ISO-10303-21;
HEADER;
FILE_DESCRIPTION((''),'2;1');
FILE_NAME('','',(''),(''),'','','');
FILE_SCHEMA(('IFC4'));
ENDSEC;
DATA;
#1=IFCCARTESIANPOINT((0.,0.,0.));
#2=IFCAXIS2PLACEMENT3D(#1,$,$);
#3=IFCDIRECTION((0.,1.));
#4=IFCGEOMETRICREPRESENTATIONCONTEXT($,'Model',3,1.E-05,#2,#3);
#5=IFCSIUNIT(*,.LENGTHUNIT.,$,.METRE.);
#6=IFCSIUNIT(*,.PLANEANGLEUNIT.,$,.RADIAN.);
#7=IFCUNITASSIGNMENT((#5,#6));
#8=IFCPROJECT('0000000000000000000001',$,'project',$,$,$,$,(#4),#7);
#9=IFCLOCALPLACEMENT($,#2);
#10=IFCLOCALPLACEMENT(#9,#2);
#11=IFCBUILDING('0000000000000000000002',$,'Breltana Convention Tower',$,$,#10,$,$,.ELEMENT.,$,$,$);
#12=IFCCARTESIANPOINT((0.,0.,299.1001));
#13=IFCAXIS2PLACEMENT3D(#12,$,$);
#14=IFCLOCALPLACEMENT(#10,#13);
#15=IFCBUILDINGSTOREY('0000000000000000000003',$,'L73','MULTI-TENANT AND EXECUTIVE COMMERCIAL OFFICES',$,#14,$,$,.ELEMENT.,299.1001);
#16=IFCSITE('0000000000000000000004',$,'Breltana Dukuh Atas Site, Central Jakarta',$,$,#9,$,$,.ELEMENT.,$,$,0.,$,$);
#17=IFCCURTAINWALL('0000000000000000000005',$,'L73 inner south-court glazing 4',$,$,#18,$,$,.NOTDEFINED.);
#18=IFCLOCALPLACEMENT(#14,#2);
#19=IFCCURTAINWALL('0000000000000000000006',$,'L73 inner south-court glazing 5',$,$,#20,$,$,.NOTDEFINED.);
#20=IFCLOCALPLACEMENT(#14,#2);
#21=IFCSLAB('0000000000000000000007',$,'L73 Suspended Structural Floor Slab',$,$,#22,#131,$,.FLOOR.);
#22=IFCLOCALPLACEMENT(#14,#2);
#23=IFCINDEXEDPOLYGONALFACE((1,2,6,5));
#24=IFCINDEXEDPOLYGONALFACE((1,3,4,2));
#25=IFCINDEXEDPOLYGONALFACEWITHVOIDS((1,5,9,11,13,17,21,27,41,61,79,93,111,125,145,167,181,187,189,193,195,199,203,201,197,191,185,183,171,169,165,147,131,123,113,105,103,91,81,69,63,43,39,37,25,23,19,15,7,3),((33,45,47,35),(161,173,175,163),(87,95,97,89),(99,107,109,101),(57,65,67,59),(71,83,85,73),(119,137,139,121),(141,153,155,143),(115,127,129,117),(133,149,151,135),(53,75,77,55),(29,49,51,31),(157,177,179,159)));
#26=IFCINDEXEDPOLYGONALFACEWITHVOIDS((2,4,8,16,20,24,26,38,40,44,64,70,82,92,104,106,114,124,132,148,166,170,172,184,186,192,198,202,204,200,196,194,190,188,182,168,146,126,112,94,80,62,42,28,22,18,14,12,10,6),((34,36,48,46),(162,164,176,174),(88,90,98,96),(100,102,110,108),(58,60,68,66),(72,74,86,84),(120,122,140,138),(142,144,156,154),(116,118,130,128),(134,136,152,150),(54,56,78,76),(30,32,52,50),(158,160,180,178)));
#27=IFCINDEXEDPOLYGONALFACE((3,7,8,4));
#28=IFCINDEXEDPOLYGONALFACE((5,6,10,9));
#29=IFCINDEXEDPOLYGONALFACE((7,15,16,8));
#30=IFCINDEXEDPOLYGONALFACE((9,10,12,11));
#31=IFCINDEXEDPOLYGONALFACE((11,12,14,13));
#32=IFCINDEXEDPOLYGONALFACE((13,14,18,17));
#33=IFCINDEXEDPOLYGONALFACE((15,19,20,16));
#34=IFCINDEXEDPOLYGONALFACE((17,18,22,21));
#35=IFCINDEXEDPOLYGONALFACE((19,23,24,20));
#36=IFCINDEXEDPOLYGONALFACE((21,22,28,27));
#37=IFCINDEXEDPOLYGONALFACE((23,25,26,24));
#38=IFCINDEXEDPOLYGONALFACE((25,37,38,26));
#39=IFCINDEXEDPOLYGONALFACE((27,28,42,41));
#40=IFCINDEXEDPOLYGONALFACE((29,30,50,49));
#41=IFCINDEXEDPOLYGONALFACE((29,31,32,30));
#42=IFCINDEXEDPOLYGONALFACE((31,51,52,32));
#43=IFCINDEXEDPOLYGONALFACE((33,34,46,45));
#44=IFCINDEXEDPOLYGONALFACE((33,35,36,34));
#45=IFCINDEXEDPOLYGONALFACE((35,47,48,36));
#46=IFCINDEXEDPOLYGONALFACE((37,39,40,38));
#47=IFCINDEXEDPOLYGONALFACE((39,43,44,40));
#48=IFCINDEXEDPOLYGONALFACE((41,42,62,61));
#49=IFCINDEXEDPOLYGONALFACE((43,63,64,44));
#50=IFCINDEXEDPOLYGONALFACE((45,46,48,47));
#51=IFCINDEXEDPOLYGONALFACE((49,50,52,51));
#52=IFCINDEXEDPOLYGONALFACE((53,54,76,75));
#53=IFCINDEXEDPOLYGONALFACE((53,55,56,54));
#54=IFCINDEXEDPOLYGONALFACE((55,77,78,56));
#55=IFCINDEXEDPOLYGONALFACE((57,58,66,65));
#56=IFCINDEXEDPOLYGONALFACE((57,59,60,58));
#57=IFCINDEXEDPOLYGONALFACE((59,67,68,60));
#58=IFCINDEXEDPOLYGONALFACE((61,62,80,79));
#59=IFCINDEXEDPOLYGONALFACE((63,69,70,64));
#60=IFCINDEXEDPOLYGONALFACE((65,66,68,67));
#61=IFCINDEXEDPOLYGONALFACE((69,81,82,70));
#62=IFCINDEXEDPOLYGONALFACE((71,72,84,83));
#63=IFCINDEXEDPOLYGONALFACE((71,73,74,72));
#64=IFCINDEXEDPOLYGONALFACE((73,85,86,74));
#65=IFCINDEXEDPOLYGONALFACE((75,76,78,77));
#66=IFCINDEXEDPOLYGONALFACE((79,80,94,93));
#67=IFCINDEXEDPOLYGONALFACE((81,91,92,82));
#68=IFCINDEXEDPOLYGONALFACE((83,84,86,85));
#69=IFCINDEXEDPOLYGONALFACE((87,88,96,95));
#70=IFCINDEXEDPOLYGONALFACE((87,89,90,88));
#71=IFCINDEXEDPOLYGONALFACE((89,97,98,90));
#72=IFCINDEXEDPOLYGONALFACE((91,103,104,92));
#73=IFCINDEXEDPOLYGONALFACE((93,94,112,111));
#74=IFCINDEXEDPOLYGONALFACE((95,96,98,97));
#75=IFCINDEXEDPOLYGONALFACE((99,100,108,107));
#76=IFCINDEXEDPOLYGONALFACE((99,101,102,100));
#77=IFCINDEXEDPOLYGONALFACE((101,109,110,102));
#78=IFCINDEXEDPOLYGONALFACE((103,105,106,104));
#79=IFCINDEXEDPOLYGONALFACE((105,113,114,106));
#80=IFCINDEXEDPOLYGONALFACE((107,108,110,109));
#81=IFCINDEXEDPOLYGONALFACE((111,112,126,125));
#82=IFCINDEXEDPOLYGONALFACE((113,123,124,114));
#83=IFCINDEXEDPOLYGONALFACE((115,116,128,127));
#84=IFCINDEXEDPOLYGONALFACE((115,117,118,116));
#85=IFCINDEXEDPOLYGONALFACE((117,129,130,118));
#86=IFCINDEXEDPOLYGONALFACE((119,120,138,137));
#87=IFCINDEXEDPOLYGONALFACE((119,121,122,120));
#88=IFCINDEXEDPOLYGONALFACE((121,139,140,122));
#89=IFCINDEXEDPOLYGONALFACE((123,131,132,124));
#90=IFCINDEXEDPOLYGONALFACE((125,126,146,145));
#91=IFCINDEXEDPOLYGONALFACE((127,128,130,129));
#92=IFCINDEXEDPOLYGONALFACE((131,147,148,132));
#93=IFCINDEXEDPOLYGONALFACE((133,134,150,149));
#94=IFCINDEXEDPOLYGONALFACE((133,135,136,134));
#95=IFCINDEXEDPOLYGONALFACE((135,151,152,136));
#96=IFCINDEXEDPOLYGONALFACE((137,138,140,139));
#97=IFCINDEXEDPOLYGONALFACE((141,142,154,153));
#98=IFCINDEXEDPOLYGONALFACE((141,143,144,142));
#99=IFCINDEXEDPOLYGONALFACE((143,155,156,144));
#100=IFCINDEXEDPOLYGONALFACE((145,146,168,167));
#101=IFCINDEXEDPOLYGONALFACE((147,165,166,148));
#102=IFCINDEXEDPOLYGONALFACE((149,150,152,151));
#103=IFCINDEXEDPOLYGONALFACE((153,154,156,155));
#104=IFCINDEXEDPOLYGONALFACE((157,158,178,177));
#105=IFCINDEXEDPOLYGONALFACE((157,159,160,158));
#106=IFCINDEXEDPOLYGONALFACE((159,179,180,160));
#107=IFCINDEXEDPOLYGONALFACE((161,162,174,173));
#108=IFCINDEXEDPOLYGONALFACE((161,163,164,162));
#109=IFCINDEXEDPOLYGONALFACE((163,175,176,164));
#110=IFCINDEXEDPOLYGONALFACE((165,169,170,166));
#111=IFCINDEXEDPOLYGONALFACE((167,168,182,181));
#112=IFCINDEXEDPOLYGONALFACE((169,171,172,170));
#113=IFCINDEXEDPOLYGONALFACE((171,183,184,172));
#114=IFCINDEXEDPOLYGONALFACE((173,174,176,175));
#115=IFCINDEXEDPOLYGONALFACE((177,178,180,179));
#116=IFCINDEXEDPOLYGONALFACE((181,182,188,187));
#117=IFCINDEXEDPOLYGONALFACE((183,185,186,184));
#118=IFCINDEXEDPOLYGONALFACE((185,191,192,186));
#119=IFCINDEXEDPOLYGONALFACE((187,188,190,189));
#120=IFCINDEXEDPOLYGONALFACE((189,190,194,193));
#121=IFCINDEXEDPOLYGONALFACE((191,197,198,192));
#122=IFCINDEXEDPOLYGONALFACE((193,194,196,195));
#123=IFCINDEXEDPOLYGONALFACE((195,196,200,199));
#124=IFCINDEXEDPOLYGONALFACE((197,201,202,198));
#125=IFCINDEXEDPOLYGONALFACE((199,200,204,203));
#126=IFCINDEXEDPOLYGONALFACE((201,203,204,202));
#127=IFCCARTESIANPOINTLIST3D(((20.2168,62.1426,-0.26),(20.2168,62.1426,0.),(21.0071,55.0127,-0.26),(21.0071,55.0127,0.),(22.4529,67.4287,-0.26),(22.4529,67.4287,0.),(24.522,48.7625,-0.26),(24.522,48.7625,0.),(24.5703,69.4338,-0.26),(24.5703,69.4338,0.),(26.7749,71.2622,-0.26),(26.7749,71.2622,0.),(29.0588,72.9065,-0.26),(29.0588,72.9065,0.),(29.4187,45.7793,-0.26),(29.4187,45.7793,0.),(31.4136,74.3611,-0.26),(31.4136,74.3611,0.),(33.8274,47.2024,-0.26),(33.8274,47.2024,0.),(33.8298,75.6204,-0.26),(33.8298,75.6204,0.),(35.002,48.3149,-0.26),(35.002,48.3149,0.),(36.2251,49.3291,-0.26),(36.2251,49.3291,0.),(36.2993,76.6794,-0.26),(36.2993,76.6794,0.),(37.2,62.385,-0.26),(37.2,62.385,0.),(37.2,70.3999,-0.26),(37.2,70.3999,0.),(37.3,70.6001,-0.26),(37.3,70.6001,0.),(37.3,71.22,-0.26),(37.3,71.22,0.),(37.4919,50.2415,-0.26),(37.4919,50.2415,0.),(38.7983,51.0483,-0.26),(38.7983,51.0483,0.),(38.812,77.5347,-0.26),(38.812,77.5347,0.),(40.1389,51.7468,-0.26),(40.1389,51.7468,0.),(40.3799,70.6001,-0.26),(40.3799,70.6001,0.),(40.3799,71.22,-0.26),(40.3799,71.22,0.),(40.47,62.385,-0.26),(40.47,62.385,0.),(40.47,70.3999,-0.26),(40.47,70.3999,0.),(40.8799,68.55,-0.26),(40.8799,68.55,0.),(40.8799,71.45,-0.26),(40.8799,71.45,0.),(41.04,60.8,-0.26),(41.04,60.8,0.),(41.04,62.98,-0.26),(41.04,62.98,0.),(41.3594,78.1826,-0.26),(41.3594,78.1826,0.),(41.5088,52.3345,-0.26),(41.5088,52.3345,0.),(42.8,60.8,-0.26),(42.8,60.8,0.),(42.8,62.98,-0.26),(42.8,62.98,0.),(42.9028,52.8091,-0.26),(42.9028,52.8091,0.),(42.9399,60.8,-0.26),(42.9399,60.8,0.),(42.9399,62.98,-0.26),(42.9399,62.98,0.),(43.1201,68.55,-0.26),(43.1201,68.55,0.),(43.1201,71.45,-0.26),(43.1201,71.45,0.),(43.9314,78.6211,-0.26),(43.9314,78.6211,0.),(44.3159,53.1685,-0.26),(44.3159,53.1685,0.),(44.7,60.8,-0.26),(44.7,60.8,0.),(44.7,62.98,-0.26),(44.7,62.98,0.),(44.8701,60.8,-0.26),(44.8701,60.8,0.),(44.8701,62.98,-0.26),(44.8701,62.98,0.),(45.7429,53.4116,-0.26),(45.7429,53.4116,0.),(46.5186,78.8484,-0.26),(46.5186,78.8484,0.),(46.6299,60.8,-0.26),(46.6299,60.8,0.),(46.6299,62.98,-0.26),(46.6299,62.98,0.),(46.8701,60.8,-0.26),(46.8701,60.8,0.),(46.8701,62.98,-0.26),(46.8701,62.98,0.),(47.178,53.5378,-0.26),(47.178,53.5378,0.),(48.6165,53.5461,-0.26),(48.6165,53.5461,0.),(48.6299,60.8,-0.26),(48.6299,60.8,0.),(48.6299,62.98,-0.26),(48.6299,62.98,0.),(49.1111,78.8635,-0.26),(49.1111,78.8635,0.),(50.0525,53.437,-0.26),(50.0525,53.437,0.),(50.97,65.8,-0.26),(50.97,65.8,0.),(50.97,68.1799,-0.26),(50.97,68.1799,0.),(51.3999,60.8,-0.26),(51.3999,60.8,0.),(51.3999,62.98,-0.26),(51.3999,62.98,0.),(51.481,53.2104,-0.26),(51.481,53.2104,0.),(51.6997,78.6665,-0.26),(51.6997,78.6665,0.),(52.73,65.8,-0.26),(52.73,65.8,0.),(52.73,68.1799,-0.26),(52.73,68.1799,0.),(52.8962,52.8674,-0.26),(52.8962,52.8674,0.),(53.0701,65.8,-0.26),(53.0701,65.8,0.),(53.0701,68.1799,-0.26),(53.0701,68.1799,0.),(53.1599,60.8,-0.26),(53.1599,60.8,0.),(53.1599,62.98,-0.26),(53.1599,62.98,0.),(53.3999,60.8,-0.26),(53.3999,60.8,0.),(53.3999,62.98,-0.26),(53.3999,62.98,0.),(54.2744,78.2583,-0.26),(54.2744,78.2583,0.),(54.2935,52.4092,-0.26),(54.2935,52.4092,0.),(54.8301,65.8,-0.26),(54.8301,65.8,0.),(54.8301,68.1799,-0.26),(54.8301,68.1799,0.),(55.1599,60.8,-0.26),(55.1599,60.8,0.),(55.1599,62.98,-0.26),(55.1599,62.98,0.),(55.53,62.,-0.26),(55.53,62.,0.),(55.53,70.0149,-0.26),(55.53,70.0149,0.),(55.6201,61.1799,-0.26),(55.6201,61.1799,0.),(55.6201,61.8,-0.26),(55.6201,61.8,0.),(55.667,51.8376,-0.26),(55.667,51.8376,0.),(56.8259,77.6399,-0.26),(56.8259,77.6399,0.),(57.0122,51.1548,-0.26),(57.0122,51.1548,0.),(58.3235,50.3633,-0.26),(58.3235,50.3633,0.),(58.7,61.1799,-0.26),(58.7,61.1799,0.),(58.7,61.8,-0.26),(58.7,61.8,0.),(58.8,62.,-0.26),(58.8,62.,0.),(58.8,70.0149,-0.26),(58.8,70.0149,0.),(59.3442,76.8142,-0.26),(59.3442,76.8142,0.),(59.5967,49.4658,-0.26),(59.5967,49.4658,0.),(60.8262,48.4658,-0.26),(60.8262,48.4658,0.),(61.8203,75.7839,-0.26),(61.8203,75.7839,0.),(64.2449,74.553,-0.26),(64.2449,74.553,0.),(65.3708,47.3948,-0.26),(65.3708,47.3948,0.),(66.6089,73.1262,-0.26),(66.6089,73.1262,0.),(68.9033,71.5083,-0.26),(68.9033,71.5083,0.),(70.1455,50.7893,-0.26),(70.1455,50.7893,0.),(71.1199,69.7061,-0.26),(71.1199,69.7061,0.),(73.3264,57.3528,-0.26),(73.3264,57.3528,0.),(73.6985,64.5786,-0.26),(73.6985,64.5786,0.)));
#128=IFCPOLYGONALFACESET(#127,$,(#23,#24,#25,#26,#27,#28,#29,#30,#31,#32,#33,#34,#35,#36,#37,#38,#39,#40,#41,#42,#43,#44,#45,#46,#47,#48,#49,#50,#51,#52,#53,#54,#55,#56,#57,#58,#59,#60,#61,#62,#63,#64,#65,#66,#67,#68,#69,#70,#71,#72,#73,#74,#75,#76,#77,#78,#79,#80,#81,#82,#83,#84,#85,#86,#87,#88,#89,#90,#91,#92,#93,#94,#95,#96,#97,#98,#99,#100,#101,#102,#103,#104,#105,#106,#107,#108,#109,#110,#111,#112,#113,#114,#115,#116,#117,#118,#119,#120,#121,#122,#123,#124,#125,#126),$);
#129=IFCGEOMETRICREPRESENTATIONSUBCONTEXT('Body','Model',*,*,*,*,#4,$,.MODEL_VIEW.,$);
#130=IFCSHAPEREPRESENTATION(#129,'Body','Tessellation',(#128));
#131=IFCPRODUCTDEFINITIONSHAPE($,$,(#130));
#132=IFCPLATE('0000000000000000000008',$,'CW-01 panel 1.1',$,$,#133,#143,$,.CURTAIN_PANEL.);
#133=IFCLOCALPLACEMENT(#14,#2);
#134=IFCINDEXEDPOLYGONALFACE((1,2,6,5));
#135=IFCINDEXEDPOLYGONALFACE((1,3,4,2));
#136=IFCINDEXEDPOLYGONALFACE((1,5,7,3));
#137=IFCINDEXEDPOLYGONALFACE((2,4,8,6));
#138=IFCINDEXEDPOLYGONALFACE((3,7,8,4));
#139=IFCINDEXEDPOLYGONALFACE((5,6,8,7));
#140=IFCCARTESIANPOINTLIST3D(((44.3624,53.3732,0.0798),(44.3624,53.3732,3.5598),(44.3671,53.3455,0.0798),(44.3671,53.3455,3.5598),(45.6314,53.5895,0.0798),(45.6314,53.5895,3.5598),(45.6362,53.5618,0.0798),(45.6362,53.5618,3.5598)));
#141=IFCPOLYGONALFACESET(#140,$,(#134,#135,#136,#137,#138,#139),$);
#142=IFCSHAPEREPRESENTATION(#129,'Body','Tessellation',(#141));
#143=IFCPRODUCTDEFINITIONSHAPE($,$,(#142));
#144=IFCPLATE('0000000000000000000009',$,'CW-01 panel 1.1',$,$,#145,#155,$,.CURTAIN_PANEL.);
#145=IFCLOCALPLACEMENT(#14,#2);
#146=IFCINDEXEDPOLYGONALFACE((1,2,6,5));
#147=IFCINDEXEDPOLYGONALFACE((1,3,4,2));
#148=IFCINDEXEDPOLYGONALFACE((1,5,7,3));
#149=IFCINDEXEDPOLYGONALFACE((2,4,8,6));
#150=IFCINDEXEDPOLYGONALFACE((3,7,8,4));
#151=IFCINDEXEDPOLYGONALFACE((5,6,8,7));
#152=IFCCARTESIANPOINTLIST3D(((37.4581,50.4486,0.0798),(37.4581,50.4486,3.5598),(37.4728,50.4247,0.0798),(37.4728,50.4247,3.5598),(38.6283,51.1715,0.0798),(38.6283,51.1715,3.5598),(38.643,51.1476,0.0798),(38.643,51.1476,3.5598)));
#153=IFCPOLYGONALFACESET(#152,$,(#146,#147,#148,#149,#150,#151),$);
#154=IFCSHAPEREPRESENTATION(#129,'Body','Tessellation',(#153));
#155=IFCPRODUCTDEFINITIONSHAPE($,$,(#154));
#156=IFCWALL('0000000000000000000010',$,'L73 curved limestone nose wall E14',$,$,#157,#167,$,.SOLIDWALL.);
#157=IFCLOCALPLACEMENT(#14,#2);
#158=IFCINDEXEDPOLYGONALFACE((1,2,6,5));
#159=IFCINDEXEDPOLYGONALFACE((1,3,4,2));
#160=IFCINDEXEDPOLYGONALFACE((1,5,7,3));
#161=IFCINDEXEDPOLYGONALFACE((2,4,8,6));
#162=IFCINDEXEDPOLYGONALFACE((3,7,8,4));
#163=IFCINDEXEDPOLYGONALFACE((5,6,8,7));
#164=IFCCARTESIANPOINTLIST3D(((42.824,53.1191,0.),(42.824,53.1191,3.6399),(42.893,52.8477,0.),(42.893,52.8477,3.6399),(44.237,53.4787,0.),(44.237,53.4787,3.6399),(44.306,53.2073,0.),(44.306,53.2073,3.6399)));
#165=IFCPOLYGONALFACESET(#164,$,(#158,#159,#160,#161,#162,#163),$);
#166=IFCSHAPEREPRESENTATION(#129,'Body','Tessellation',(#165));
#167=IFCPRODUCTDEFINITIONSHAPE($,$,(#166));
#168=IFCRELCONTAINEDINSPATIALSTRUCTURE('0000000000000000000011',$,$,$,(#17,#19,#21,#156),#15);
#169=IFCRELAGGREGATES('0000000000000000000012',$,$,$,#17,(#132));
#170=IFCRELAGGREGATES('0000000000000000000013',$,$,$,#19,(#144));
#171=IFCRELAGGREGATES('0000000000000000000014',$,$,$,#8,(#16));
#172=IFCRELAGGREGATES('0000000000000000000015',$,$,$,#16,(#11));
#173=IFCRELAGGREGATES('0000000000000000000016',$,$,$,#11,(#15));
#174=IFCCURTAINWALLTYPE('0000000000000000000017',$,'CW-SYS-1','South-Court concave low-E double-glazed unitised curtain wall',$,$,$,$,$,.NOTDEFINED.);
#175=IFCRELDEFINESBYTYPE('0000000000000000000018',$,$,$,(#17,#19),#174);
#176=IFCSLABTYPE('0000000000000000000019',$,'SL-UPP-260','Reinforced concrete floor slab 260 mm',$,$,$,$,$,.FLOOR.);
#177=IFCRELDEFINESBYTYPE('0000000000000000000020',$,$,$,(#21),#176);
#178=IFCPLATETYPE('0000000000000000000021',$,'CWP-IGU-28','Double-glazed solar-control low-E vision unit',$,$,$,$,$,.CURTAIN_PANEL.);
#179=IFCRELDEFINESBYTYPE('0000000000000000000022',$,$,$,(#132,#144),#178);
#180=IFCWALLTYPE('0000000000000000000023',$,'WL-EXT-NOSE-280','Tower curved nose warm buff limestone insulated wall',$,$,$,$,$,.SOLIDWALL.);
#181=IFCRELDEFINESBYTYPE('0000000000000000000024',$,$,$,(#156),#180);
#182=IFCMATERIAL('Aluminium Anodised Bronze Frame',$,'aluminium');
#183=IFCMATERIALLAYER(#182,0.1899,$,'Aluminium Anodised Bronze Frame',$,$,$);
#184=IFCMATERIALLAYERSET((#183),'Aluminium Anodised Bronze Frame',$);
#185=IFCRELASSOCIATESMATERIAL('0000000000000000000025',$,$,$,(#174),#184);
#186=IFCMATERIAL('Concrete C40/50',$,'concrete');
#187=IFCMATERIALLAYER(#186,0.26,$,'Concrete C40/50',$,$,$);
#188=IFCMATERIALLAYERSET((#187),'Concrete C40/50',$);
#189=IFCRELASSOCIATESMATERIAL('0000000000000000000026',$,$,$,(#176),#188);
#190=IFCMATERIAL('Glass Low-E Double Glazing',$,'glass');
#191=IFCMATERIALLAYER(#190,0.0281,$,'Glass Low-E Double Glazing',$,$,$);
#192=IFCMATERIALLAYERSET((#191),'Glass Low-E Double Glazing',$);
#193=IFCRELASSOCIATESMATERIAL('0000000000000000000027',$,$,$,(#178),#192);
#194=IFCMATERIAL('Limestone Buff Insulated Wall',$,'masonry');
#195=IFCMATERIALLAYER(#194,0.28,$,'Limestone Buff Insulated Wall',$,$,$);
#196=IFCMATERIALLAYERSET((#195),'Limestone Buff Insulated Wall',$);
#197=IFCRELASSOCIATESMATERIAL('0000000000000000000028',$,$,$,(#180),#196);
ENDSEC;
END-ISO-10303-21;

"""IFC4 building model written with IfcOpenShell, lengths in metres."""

from ifc_helpers import new_model, si_unit, direction, frame, frame_2d, origin, origin_2d, place, context, subcontext, project, spatial, polyline, rectangle, outline, extrude, source, transform, mapped, material, layer, layer_set, type_object, element, aggregate, save


model = new_model("IFC4")

# Units and contexts
model_context = context("Model", 3, precision=1e-05, world=origin(), true_north=direction((0.0, 1.0)))
body_context = subcontext(model_context, "Body", "Model", "MODEL_VIEW")
ifc_project = project(units=[si_unit("LENGTHUNIT", "METRE"), si_unit("PLANEANGLEUNIT", "RADIAN")], contexts=[model_context])

# Site, building, storey
site_placement = place(None, origin())
site = spatial("IfcSite", under=ifc_project, at=site_placement, Name="Breltana Dukuh Atas Site, Central Jakarta", CompositionType="ELEMENT", RefElevation=0.0)
building_placement = place(site_placement, origin())
building = spatial("IfcBuilding", under=site, at=building_placement, Name="Breltana Convention Tower", CompositionType="ELEMENT")
storey_placement = place(building_placement, frame((0.0, 0.0, 299.1001)))
storey = spatial("IfcBuildingStorey", under=building, at=storey_placement, Name="L73", Description="MULTI-TENANT AND EXECUTIVE COMMERCIAL OFFICES", CompositionType="ELEMENT", Elevation=299.1001)

# Curtain wall
ifc_material_1 = material(Name="Aluminium Anodised Bronze Frame", Category="aluminium")
ifc_layer_1 = layer(ifc_material_1, 0.1899, Name="Aluminium Anodised Bronze Frame")
ifc_layer_set_1 = layer_set([ifc_layer_1], Name="Aluminium Anodised Bronze Frame")
curtain_wall_type = type_object("IfcCurtainWallType", Name="CW-SYS-1", Description="South-Court concave low-E double-glazed unitised curtain wall", PredefinedType="NOTDEFINED", material=ifc_layer_set_1)
curtain_wall_1_placement = place(storey_placement, origin())
curtain_wall_1 = element("IfcCurtainWall", 1, at=curtain_wall_1_placement, inside=storey, type_object=curtain_wall_type, Name="L73 inner south-court glazing 4", PredefinedType="NOTDEFINED")

# Curtain wall
curtain_wall_2_placement = place(storey_placement, origin())
curtain_wall_2 = element("IfcCurtainWall", 2, at=curtain_wall_2_placement, inside=storey, type_object=curtain_wall_type, Name="L73 inner south-court glazing 5", PredefinedType="NOTDEFINED")

# Shared definitions
ifc_material_2 = material(Name="Concrete C40/50", Category="concrete")

# Slab
ifc_layer_2 = layer(ifc_material_2, 0.26, Name="Concrete C40/50")
ifc_layer_set_2 = layer_set([ifc_layer_2], Name="Concrete C40/50")
slab_type_1 = type_object("IfcSlabType", Name="SL-UPP-260", Description="Reinforced concrete floor slab 260 mm", PredefinedType="FLOOR", material=ifc_layer_set_2)
slab_1_placement = place(storey_placement, frame((0.0, 0.0, -0.26)))
element("IfcSlab", 3, at=slab_1_placement, inside=storey, type_object=slab_type_1, Name="L73 Suspended Structural Floor Slab", PredefinedType="FLOOR", context=body_context, shape_type="SweptSolid", body=[
    extrude(outline(polyline([(71.1199, 69.7061), (68.9033, 71.5083), (66.6089, 73.1262), (64.2449, 74.553), (61.8203, 75.7839), (59.3442, 76.8142), (56.8259, 77.6399), (54.2744, 78.2583), (51.6997, 78.6665), (49.1111, 78.8635), (46.5186, 78.8484), (43.9314, 78.6211), (41.3594, 78.1826), (38.812, 77.5347), (36.2993, 76.6794), (33.8298, 75.6204), (31.4136, 74.3611), (29.0588, 72.9065), (26.7749, 71.2622), (24.5703, 69.4338), (22.4529, 67.4287), (20.2168, 62.1426), (21.0071, 55.0127), (24.522, 48.7625), (29.4187, 45.7793), (33.8274, 47.2024), (35.002, 48.3149), (36.2251, 49.3291), (37.4919, 50.2415), (38.7983, 51.0483), (40.1389, 51.7468), (41.5088, 52.3345), (42.9028, 52.8091), (44.3159, 53.1685), (45.7429, 53.4116), (47.178, 53.5378), (48.6165, 53.5461), (50.0525, 53.437), (51.481, 53.2104), (52.8962, 52.8674), (54.2935, 52.4092), (55.667, 51.8376), (57.0122, 51.1548), (58.3235, 50.3633), (59.5967, 49.4658), (60.8262, 48.4658), (65.3708, 47.3948), (70.1455, 50.7893), (73.3264, 57.3528), (73.6985, 64.5786), (71.1199, 69.7061)]), holes=[polyline([(37.2, 62.385), (40.47, 62.385), (40.47, 70.3999), (37.2, 70.3999), (37.2, 62.385)]), polyline([(55.53, 62.0), (58.8, 62.0), (58.8, 70.0149), (55.53, 70.0149), (55.53, 62.0)]), polyline([(41.04, 60.8), (42.8, 60.8), (42.8, 62.98), (41.04, 62.98), (41.04, 60.8)]), polyline([(42.9399, 60.8), (44.7, 60.8), (44.7, 62.98), (42.9399, 62.98), (42.9399, 60.8)]), polyline([(44.8701, 60.8), (46.6299, 60.8), (46.6299, 62.98), (44.8701, 62.98), (44.8701, 60.8)]), polyline([(46.8701, 60.8), (48.6299, 60.8), (48.6299, 62.98), (46.8701, 62.98), (46.8701, 60.8)]), polyline([(51.3999, 60.8), (53.1599, 60.8), (53.1599, 62.98), (51.3999, 62.98), (51.3999, 60.8)]), polyline([(53.3999, 60.8), (55.1599, 60.8), (55.1599, 62.98), (53.3999, 62.98), (53.3999, 60.8)]), polyline([(50.97, 65.8), (52.73, 65.8), (52.73, 68.1799), (50.97, 68.1799), (50.97, 65.8)]), polyline([(53.0701, 65.8), (54.8301, 65.8), (54.8301, 68.1799), (53.0701, 68.1799), (53.0701, 65.8)]), polyline([(40.8799, 68.55), (43.1201, 68.55), (43.1201, 71.45), (40.8799, 71.45), (40.8799, 68.55)]), polyline([(37.3, 70.6001), (40.3799, 70.6001), (40.3799, 71.22), (37.3, 71.22), (37.3, 70.6001)]), polyline([(55.6201, 61.1799), (58.7, 61.1799), (58.7, 61.8), (55.6201, 61.8), (55.6201, 61.1799)])]), origin(), (0.0, 0.0, 1.0), 0.26),
])

# Plates
ifc_material_3 = material(Name="Glass Low-E Double Glazing", Category="glass")
ifc_layer_3 = layer(ifc_material_3, 0.0281, Name="Glass Low-E Double Glazing")
ifc_layer_set_3 = layer_set([ifc_layer_3], Name="Glass Low-E Double Glazing")
plate_type = type_object("IfcPlateType", Name="CWP-IGU-28", Description="Double-glazed solar-control low-E vision unit", PredefinedType="CURTAIN_PANEL", material=ifc_layer_set_3)
shared_shape_1 = source(origin(), body_context, "Body", "SweptSolid", [
    extrude(rectangle(XDim=1.2874, YDim=0.0281, at=origin_2d()), origin(), (0.0, 0.0, 1.0), 3.48),
])
plate_1_placement = place(storey_placement, frame((44.9993, 53.4675, 0.0798), z_axis=(0.0, 0.0, 1.0), x_axis=(-0.985782, -0.168028, 0.0)))
plate_1 = element("IfcPlate", 4, at=plate_1_placement, type_object=plate_type, Name="CW-01 panel 1.1", PredefinedType="CURTAIN_PANEL", context=body_context, shape_type="MappedRepresentation", body=[
    mapped(shared_shape_1, transform((0.0, 0.0, 0.0), scale=1.0)),
])
aggregate(curtain_wall_1, [plate_1])
shared_shape_2 = source(origin(), body_context, "Body", "SweptSolid", [
    extrude(rectangle(XDim=1.3755, YDim=0.0281, at=origin_2d()), origin(), (0.0, 0.0, 1.0), 3.48),
])
plate_2_placement = place(storey_placement, frame((38.0505, 50.7981, 0.0798), z_axis=(0.0, 0.0, 1.0), x_axis=(-0.850749, -0.525572, 0.0)))
plate_2 = element("IfcPlate", 5, at=plate_2_placement, type_object=plate_type, Name="CW-01 panel 1.1", PredefinedType="CURTAIN_PANEL", context=body_context, shape_type="MappedRepresentation", body=[
    mapped(shared_shape_2, transform((0.0, 0.0, 0.0), scale=1.0)),
])
aggregate(curtain_wall_2, [plate_2])

# Wall
ifc_material_4 = material(Name="Limestone Buff Insulated Wall", Category="masonry")
ifc_layer_4 = layer(ifc_material_4, 0.28, Name="Limestone Buff Insulated Wall")
ifc_layer_set_4 = layer_set([ifc_layer_4], Name="Limestone Buff Insulated Wall")
wall_type_1 = type_object("IfcWallType", Name="WL-EXT-NOSE-280", Description="Tower curved nose warm buff limestone insulated wall", PredefinedType="SOLIDWALL", material=ifc_layer_set_4)
shared_shape_3 = source(origin(), body_context, "Body", "SweptSolid", [
    extrude(rectangle(XDim=1.458, YDim=0.28, at=frame_2d((0.729, 0.0))), origin(), (0.0, 0.0, 1.0), 3.6399),
])
wall_1_placement = place(storey_placement, frame((44.2715, 53.343, 0.0), z_axis=(0.0, 0.0, 1.0), x_axis=(-0.96911, -0.246631, 0.0)))
element("IfcWall", 6, at=wall_1_placement, inside=storey, type_object=wall_type_1, Name="L73 curved limestone nose wall E14", PredefinedType="SOLIDWALL", context=body_context, shape_type="MappedRepresentation", body=[
    mapped(shared_shape_3, transform((0.0, 0.0, 0.0), scale=1.0)),
])

save(model, "model.ifc")
